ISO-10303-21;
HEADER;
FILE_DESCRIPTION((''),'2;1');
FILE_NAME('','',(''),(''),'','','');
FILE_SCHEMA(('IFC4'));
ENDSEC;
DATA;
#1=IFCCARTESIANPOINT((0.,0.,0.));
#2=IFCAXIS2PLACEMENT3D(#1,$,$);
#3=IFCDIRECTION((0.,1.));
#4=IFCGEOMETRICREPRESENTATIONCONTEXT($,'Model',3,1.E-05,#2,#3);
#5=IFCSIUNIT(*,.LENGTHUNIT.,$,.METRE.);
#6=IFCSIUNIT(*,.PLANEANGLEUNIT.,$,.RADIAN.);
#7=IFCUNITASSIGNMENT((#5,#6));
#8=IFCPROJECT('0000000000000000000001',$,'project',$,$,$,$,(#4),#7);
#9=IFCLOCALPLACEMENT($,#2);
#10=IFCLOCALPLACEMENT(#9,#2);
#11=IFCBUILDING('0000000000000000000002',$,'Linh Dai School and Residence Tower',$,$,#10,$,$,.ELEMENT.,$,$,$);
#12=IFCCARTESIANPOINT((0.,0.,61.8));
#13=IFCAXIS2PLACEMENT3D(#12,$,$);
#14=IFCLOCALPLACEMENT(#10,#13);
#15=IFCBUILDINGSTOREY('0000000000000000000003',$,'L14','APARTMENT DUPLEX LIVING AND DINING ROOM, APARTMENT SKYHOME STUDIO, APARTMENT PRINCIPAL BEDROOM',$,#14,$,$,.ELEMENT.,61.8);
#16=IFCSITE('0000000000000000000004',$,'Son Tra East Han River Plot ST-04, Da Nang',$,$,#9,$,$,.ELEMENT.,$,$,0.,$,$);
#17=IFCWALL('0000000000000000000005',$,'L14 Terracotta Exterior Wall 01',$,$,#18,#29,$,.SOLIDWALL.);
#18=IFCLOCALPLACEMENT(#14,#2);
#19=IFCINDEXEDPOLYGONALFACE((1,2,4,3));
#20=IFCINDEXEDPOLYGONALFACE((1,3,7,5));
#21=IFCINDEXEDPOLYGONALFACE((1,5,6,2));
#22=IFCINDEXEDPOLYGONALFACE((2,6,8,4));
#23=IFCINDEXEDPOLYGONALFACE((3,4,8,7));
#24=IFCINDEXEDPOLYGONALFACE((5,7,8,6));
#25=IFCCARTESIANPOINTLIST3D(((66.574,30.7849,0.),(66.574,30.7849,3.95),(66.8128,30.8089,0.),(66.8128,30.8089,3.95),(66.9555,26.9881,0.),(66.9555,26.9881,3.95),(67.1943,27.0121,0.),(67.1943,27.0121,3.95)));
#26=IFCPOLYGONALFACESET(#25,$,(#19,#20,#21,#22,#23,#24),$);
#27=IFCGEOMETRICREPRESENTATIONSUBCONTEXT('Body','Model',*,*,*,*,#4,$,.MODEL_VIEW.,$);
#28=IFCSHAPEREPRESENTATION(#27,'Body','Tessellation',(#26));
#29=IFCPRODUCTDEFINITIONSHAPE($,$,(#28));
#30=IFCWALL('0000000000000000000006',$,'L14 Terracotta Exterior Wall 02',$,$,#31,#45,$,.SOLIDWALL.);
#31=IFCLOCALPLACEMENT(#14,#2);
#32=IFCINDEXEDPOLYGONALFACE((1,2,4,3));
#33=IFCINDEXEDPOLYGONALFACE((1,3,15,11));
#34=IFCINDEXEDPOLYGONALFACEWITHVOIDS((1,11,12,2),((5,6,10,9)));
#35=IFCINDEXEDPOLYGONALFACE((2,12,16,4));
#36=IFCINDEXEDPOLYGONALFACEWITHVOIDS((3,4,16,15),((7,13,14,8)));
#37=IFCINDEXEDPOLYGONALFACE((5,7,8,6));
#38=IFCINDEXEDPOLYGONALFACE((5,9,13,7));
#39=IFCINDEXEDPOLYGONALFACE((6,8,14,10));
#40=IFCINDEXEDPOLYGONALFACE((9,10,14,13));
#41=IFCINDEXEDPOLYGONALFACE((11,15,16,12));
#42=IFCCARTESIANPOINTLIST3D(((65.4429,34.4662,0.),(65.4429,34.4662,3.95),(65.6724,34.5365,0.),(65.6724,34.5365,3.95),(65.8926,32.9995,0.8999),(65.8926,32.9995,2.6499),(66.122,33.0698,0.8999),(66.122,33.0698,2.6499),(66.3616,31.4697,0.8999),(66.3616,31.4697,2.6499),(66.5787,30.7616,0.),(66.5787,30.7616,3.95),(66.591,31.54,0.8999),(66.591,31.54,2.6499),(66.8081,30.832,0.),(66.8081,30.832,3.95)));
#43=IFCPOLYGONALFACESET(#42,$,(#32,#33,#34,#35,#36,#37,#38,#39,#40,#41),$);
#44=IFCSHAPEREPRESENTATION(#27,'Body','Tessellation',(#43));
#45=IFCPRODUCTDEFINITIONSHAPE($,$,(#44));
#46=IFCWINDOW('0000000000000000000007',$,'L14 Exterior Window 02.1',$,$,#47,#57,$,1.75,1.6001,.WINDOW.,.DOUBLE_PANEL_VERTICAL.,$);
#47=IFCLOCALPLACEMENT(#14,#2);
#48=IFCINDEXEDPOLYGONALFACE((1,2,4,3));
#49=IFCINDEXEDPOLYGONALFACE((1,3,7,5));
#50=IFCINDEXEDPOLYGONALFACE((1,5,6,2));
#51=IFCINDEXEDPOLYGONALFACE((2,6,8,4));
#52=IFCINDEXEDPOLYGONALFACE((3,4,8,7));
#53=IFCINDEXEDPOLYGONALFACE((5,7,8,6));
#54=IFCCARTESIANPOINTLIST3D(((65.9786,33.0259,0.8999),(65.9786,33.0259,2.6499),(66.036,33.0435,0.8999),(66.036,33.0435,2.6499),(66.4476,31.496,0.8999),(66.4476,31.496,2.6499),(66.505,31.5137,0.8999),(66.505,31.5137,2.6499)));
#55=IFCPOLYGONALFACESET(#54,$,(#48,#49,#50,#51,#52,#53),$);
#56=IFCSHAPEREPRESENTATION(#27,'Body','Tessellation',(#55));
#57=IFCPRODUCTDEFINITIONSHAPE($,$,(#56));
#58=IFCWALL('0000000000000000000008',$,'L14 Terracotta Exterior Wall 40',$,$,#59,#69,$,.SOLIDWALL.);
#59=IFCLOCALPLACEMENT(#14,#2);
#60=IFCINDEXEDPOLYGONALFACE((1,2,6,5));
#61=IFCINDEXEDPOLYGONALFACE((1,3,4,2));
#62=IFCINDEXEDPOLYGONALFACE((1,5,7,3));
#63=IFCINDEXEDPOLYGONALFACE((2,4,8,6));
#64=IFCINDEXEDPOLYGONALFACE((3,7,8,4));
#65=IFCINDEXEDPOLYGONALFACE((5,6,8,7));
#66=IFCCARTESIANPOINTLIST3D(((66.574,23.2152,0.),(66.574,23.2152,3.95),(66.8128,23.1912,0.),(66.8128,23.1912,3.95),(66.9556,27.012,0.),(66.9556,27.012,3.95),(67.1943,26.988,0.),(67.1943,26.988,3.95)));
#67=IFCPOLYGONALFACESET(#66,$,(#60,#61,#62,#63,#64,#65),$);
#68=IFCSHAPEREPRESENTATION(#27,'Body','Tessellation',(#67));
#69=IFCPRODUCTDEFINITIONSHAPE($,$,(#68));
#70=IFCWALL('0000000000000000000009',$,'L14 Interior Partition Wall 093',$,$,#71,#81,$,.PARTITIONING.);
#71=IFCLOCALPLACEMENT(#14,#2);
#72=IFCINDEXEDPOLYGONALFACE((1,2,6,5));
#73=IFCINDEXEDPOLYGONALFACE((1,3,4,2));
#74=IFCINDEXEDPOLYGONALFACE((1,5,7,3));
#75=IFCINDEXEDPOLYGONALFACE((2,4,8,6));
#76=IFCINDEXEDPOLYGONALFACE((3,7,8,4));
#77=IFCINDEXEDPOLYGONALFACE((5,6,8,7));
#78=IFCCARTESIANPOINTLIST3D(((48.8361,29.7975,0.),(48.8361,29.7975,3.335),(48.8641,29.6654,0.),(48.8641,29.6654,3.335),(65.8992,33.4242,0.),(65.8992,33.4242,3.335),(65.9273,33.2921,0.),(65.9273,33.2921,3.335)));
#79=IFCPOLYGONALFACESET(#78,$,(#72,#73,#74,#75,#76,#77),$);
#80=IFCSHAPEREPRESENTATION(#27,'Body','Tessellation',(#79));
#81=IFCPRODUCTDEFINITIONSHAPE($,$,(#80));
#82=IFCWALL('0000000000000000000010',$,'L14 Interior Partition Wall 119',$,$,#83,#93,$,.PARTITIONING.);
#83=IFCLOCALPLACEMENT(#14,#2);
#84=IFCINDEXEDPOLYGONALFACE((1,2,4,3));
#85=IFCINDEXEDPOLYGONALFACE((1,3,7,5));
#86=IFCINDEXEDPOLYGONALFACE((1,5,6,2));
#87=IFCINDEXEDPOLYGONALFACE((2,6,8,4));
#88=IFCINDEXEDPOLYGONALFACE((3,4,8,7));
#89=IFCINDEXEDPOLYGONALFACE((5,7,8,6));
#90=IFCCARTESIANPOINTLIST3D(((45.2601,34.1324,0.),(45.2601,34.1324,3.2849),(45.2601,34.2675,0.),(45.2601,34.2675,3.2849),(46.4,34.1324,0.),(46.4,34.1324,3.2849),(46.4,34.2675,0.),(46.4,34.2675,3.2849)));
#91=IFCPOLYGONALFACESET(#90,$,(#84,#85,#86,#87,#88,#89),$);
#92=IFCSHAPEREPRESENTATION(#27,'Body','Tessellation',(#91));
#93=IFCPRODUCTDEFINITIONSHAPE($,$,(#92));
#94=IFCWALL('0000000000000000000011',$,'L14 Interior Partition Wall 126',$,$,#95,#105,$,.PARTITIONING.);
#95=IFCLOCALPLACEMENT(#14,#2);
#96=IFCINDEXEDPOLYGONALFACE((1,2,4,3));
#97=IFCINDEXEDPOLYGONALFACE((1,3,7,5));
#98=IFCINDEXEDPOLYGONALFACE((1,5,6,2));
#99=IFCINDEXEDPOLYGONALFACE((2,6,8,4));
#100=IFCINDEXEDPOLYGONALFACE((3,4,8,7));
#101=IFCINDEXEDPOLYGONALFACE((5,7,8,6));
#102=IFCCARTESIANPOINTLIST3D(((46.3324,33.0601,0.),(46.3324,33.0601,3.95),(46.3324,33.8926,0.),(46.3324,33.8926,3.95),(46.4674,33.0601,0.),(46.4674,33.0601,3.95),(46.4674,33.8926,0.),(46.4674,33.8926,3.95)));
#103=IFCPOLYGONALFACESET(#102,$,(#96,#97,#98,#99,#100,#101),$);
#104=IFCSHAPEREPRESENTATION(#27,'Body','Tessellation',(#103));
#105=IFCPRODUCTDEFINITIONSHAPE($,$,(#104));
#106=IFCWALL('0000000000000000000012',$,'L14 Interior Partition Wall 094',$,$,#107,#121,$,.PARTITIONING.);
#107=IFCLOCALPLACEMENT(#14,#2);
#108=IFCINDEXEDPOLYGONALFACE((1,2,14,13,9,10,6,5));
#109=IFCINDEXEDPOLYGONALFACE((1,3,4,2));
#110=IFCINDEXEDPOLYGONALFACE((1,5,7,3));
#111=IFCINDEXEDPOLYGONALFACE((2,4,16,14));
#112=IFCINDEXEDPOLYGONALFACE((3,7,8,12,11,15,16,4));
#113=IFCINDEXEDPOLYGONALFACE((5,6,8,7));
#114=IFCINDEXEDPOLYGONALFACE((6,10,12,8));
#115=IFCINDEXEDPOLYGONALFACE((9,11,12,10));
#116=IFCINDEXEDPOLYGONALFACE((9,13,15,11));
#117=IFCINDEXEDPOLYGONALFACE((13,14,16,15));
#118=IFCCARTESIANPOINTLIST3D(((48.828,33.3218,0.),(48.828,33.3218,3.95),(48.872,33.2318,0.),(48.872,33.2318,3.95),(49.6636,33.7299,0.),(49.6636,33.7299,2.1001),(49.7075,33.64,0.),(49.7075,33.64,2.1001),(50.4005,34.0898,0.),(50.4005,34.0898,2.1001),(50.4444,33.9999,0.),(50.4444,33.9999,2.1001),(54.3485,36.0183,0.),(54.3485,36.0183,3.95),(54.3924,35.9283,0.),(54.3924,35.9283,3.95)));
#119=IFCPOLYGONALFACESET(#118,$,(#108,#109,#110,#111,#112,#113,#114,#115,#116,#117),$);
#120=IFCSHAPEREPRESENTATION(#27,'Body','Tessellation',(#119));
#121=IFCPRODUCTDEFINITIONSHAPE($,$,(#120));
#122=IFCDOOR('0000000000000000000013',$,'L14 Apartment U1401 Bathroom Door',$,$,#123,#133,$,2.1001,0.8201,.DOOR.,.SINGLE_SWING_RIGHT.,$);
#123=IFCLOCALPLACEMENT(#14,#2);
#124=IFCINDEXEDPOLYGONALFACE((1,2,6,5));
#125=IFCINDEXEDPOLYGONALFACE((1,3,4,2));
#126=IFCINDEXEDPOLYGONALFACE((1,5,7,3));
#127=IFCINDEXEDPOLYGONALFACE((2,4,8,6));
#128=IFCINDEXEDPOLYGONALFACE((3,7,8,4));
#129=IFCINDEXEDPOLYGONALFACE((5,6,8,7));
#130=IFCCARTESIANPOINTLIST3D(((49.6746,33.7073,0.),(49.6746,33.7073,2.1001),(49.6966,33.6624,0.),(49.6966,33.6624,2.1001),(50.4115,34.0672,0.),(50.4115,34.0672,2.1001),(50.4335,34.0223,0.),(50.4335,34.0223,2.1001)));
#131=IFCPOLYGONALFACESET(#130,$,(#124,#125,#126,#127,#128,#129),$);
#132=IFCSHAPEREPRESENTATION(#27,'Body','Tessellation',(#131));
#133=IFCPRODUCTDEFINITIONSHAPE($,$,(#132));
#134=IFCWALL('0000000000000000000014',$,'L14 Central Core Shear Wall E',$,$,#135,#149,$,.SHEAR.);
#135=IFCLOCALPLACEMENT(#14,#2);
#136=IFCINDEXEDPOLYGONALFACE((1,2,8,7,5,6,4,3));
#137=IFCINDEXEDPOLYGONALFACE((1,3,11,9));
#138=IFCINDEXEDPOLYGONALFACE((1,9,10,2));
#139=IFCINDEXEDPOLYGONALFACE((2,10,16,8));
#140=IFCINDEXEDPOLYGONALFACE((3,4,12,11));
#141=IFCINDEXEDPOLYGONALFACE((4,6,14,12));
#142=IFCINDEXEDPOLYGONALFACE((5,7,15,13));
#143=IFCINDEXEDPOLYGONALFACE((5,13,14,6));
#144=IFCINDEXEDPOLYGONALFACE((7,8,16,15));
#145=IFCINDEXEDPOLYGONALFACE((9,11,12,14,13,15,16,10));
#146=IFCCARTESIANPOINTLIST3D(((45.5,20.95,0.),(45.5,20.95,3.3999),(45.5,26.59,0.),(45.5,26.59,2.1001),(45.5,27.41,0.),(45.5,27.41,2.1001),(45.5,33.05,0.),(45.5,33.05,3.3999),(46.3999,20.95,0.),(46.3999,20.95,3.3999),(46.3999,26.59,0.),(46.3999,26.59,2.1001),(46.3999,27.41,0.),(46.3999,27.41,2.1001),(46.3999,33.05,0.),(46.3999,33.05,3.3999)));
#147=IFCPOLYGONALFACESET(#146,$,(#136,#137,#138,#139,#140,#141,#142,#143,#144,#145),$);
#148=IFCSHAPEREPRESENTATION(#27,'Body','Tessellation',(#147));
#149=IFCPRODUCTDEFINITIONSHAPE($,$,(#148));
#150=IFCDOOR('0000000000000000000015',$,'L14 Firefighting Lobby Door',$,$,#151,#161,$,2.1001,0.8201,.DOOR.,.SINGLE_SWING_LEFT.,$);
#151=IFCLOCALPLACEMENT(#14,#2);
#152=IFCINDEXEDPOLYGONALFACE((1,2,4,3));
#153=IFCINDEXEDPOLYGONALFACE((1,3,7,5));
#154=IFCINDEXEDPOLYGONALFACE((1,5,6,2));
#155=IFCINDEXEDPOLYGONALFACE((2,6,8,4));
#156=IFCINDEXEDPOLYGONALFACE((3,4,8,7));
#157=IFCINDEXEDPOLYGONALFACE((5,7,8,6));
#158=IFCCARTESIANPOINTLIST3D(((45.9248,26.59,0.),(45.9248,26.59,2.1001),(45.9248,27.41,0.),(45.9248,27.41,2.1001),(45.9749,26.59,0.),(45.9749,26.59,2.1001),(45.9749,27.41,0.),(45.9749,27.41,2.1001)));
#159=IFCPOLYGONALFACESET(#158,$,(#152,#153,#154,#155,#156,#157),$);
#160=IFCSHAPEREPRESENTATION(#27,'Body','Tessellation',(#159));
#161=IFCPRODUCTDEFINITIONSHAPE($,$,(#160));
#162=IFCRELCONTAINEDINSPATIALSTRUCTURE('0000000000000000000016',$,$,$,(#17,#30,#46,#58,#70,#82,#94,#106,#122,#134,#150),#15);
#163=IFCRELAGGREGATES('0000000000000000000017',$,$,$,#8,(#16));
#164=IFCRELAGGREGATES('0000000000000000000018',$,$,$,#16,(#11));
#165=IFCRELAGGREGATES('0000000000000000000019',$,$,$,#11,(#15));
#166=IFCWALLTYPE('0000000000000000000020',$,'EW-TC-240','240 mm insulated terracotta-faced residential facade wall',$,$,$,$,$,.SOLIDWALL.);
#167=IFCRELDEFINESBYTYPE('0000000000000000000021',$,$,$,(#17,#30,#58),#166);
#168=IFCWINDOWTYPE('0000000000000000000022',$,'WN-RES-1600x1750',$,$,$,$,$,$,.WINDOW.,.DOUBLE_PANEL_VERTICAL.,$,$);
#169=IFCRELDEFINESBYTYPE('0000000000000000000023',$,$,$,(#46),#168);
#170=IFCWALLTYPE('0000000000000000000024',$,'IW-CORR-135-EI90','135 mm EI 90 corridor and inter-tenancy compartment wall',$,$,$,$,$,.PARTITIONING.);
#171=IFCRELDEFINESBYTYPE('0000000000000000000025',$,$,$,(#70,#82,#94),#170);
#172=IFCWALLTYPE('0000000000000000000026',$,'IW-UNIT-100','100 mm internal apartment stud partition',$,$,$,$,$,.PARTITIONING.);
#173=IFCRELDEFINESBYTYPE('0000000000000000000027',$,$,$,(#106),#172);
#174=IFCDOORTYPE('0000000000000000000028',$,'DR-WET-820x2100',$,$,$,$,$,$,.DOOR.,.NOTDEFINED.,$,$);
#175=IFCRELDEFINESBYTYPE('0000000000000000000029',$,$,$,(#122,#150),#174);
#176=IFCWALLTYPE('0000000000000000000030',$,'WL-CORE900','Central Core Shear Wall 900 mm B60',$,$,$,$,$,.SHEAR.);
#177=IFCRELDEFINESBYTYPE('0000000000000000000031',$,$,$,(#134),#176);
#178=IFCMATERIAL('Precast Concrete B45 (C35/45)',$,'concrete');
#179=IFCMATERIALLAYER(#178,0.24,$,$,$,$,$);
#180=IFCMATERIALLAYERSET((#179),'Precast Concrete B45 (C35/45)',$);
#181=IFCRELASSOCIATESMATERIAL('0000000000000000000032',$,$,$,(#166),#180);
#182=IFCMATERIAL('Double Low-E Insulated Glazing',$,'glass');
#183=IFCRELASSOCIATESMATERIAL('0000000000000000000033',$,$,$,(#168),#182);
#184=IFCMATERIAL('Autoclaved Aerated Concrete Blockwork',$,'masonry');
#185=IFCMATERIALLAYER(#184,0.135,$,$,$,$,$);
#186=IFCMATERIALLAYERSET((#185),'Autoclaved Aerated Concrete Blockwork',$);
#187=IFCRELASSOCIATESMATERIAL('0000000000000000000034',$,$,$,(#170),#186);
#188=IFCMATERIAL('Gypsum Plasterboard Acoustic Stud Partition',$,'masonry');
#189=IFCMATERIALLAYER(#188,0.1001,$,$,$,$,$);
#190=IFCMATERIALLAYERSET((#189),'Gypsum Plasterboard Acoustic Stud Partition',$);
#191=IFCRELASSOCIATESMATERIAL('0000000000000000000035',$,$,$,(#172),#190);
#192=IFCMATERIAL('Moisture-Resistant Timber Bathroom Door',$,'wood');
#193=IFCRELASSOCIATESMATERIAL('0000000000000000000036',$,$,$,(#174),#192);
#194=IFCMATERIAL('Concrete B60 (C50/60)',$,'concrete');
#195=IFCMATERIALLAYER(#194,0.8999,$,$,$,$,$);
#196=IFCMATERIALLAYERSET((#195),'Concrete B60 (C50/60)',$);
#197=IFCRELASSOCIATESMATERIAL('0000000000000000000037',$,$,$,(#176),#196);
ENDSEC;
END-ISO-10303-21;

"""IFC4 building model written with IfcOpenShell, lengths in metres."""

from ifc_helpers import new_model, si_unit, direction, frame, frame_2d, origin, origin_2d, place, context, subcontext, project, spatial, rectangle, extrude, source, transform, mapped, material, layer, layer_set, type_object, element, fill, save


model = new_model("IFC4")

# Units and contexts
model_context = context("Model", 3, precision=1e-05, world=origin(), true_north=direction((0.0, 1.0)))
body_context = subcontext(model_context, "Body", "Model", "MODEL_VIEW")
ifc_project = project(units=[si_unit("LENGTHUNIT", "METRE"), si_unit("PLANEANGLEUNIT", "RADIAN")], contexts=[model_context])

# Site, building, storey
site_placement = place(None, origin())
site = spatial("IfcSite", under=ifc_project, at=site_placement, Name="Son Tra East Han River Plot ST-04, Da Nang", CompositionType="ELEMENT", RefElevation=0.0)
building_placement = place(site_placement, origin())
building = spatial("IfcBuilding", under=site, at=building_placement, Name="Linh Dai School and Residence Tower", CompositionType="ELEMENT")
storey_placement = place(building_placement, frame((0.0, 0.0, 61.8)))
storey = spatial("IfcBuildingStorey", under=building, at=storey_placement, Name="L14", Description="APARTMENT DUPLEX LIVING AND DINING ROOM, APARTMENT SKYHOME STUDIO, APARTMENT PRINCIPAL BEDROOM", CompositionType="ELEMENT", Elevation=61.8)

# Shared definitions
ifc_material_1 = material(Name="Concrete B60 (C50/60)", Category="concrete")

# Wall
ifc_material_2 = material(Name="Precast Concrete B45 (C35/45)", Category="concrete")
ifc_layer_1 = layer(ifc_material_2, 0.24)
ifc_layer_set_1 = layer_set([ifc_layer_1], Name="Precast Concrete B45 (C35/45)")
wall_type_1 = type_object("IfcWallType", Name="EW-TC-240", Description="240 mm insulated terracotta-faced residential facade wall", PredefinedType="SOLIDWALL", material=ifc_layer_set_1)
wall_1_placement = place(storey_placement, frame((66.6934, 30.7969, 0.0), z_axis=(0.0, 0.0, 1.0), x_axis=(0.099998, -0.994988, 0.0)))
element("IfcWall", 1, at=wall_1_placement, inside=storey, type_object=wall_type_1, Name="L14 Terracotta Exterior Wall 01", PredefinedType="SOLIDWALL", context=body_context, shape_type="SweptSolid", body=[
    extrude(rectangle(XDim=3.8159, YDim=0.24, at=frame_2d((1.908, 0.0))), origin(), (0.0, 0.0, 1.0), 3.95),
])

# Wall, opening, window
wall_2_placement = place(storey_placement, frame((65.5576, 34.5015, 0.0), z_axis=(0.0, 0.0, 1.0), x_axis=(0.293112, -0.956078, 0.0)))
wall_2 = element("IfcWall", 2, at=wall_2_placement, inside=storey, type_object=wall_type_1, Name="L14 Terracotta Exterior Wall 02", PredefinedType="SOLIDWALL", context=body_context, shape_type="SweptSolid", body=[
    extrude(rectangle(XDim=3.8748, YDim=0.24, at=frame_2d((1.9375, 0.0))), origin(), (0.0, 0.0, 1.0), 3.95),
])
opening_1_placement = place(wall_2_placement, frame((1.5342, 0.0, 0.8999)))
opening_1 = element("IfcOpeningElement", 3, at=opening_1_placement, cuts=wall_2, PredefinedType="OPENING", context=body_context, shape_type="SweptSolid", body=[
    extrude(rectangle(XDim=1.6001, YDim=1.75, at=origin_2d()), frame((0.8, 0.1299, 0.875), z_axis=(0.0, -1.0, 0.0), x_axis=(1.0, 0.0, 0.0)), (0.0, 0.0, 1.0), 0.26),
])
ifc_material_3 = material(Name="Double Low-E Insulated Glazing", Category="glass")
window_type = type_object("IfcWindowType", Name="WN-RES-1600x1750", PartitioningType="DOUBLE_PANEL_VERTICAL", PredefinedType="WINDOW", material=ifc_material_3)
shared_shape_1 = source(origin(), body_context, "Body", "SweptSolid", [
    extrude(rectangle(XDim=1.6001, YDim=1.75, at=origin_2d()), frame((0.8, 0.03, 0.875), z_axis=(0.0, -1.0, 0.0), x_axis=(1.0, 0.0, 0.0)), (0.0, 0.0, 1.0), 0.0601),
])
window_placement = place(opening_1_placement, origin())
window = element("IfcWindow", 4, at=window_placement, inside=storey, type_object=window_type, Name="L14 Exterior Window 02.1", OverallHeight=1.75, OverallWidth=1.6001, PartitioningType="DOUBLE_PANEL_VERTICAL", PredefinedType="WINDOW", context=body_context, shape_type="MappedRepresentation", body=[
    mapped(shared_shape_1, transform((0.0, 0.0, 0.0), x_axis=(1.0, 0.0, 0.0), y_axis=(0.0, 1.0, 0.0), z_axis=(0.0, 0.0, 1.0), scale=1.0)),
])
fill(opening_1, window)

# Walls
wall_3_placement = place(storey_placement, frame((67.075, 27.0, 0.0), z_axis=(0.0, 0.0, 1.0), x_axis=(-0.099998, -0.994988, 0.0)))
element("IfcWall", 5, at=wall_3_placement, inside=storey, type_object=wall_type_1, Name="L14 Terracotta Exterior Wall 40", PredefinedType="SOLIDWALL", context=body_context, shape_type="SweptSolid", body=[
    extrude(rectangle(XDim=3.8159, YDim=0.24, at=frame_2d((1.908, 0.0))), origin(), (0.0, 0.0, 1.0), 3.95),
])
ifc_material_4 = material(Name="Autoclaved Aerated Concrete Blockwork", Category="masonry")
ifc_layer_2 = layer(ifc_material_4, 0.135)
ifc_layer_set_2 = layer_set([ifc_layer_2], Name="Autoclaved Aerated Concrete Blockwork")
wall_type_2 = type_object("IfcWallType", Name="IW-CORR-135-EI90", Description="135 mm EI 90 corridor and inter-tenancy compartment wall", PredefinedType="PARTITIONING", material=ifc_layer_set_2)
wall_4_placement = place(storey_placement, frame((48.8501, 29.7314, 0.0), z_axis=(0.0, 0.0, 1.0), x_axis=(0.97815, 0.207901, 0.0)))
element("IfcWall", 6, at=wall_4_placement, inside=storey, type_object=wall_type_2, Name="L14 Interior Partition Wall 093", PredefinedType="PARTITIONING", context=body_context, shape_type="SweptSolid", body=[
    extrude(rectangle(XDim=17.4443, YDim=0.135, at=frame_2d((8.7222, 0.0))), origin(), (0.0, 0.0, 1.0), 3.335),
])
wall_5_placement = place(storey_placement, frame((46.3999, 34.2, 0.0), z_axis=(0.0, 0.0, 1.0), x_axis=(-1.0, 0.0, 0.0)))
element("IfcWall", 7, at=wall_5_placement, inside=storey, type_object=wall_type_2, Name="L14 Interior Partition Wall 119", PredefinedType="PARTITIONING", context=body_context, shape_type="SweptSolid", body=[
    extrude(rectangle(XDim=1.1399, YDim=0.135, at=frame_2d((0.5698, 0.0))), origin(), (0.0, 0.0, 1.0), 3.2849),
])
wall_6_placement = place(storey_placement, frame((46.3999, 33.0601, 0.0), z_axis=(0.0, 0.0, 1.0), x_axis=(0.0, 1.0, 0.0)))
element("IfcWall", 8, at=wall_6_placement, inside=storey, type_object=wall_type_2, Name="L14 Interior Partition Wall 126", PredefinedType="PARTITIONING", context=body_context, shape_type="SweptSolid", body=[
    extrude(rectangle(XDim=0.8325, YDim=0.135, at=frame_2d((0.4163, 0.0))), origin(), (0.0, 0.0, 1.0), 3.95),
])

# Walls, openings, doors
ifc_material_5 = material(Name="Gypsum Plasterboard Acoustic Stud Partition", Category="masonry")
ifc_layer_3 = layer(ifc_material_5, 0.1001)
ifc_layer_set_3 = layer_set([ifc_layer_3], Name="Gypsum Plasterboard Acoustic Stud Partition")
wall_type_3 = type_object("IfcWallType", Name="IW-UNIT-100", Description="100 mm internal apartment stud partition", PredefinedType="PARTITIONING", material=ifc_layer_set_3)
wall_7_placement = place(storey_placement, frame((48.8501, 33.2769, 0.0), z_axis=(0.0, 0.0, 1.0), x_axis=(0.898537, 0.438897, 0.0)))
wall_7 = element("IfcWall", 9, at=wall_7_placement, inside=storey, type_object=wall_type_3, Name="L14 Interior Partition Wall 094", PredefinedType="PARTITIONING", context=body_context, shape_type="SweptSolid", body=[
    extrude(rectangle(XDim=6.1438, YDim=0.1001, at=frame_2d((3.0718, 0.0))), origin(), (0.0, 0.0, 1.0), 3.95),
])
opening_2_placement = place(wall_7_placement, frame((0.9297, 0.0, 0.0)))
opening_2 = element("IfcOpeningElement", 10, at=opening_2_placement, cuts=wall_7, PredefinedType="OPENING", context=body_context, shape_type="SweptSolid", body=[
    extrude(rectangle(XDim=0.8201, YDim=2.1001, at=origin_2d()), frame((0.4102, 0.0601, 1.05), z_axis=(0.0, -1.0, 0.0), x_axis=(1.0, 0.0, 0.0)), (0.0, 0.0, 1.0), 0.1201),
])
ifc_material_6 = material(Name="Moisture-Resistant Timber Bathroom Door", Category="wood")
door_type = type_object("IfcDoorType", Name="DR-WET-820x2100", OperationType="NOTDEFINED", PredefinedType="DOOR", material=ifc_material_6)
shared_shape_2 = source(origin(), body_context, "Body", "SweptSolid", [
    extrude(rectangle(XDim=0.8201, YDim=2.1001, at=origin_2d()), frame((0.4102, 0.0249, 1.05), z_axis=(0.0, -1.0, 0.0), x_axis=(1.0, 0.0, 0.0)), (0.0, 0.0, 1.0), 0.05),
])
door_1_placement = place(opening_2_placement, origin())
door_1 = element("IfcDoor", 11, at=door_1_placement, inside=storey, type_object=door_type, Name="L14 Apartment U1401 Bathroom Door", OperationType="SINGLE_SWING_RIGHT", OverallHeight=2.1001, OverallWidth=0.8201, PredefinedType="DOOR", context=body_context, shape_type="MappedRepresentation", body=[
    mapped(shared_shape_2, transform((0.0, 0.0, 0.0), x_axis=(1.0, 0.0, 0.0), y_axis=(0.0, 1.0, 0.0), z_axis=(0.0, 0.0, 1.0), scale=1.0)),
])
fill(opening_2, door_1)
ifc_layer_4 = layer(ifc_material_1, 0.8999)
ifc_layer_set_4 = layer_set([ifc_layer_4], Name="Concrete B60 (C50/60)")
wall_type_4 = type_object("IfcWallType", Name="WL-CORE900", Description="Central Core Shear Wall 900 mm B60", PredefinedType="SHEAR", material=ifc_layer_set_4)
wall_8_placement = place(storey_placement, frame((45.95, 33.05, 0.0), z_axis=(0.0, 0.0, 1.0), x_axis=(0.0, -1.0, 0.0)))
wall_8 = element("IfcWall", 12, at=wall_8_placement, inside=storey, type_object=wall_type_4, Name="L14 Central Core Shear Wall E", PredefinedType="SHEAR", context=body_context, shape_type="SweptSolid", body=[
    extrude(rectangle(XDim=12.1001, YDim=0.8999, at=frame_2d((6.05, 0.0))), origin(), (0.0, 0.0, 1.0), 3.3999),
])
opening_3_placement = place(wall_8_placement, frame((5.6399, 0.0, 0.0)))
opening_3 = element("IfcOpeningElement", 13, at=opening_3_placement, cuts=wall_8, PredefinedType="OPENING", context=body_context, shape_type="SweptSolid", body=[
    extrude(rectangle(XDim=0.8201, YDim=2.1001, at=origin_2d()), frame((0.4102, 0.46, 1.05), z_axis=(0.0, -1.0, 0.0), x_axis=(1.0, 0.0, 0.0)), (0.0, 0.0, 1.0), 0.9199),
])
door_2_placement = place(opening_3_placement, origin())
door_2 = element("IfcDoor", 14, at=door_2_placement, inside=storey, type_object=door_type, Name="L14 Firefighting Lobby Door", OperationType="SINGLE_SWING_LEFT", OverallHeight=2.1001, OverallWidth=0.8201, PredefinedType="DOOR", context=body_context, shape_type="MappedRepresentation", body=[
    mapped(shared_shape_2, transform((0.0, 0.0, 0.0), x_axis=(1.0, 0.0, 0.0), y_axis=(0.0, 1.0, 0.0), z_axis=(0.0, 0.0, 1.0), scale=1.0)),
])
fill(opening_3, door_2)

save(model, "model.ifc")
